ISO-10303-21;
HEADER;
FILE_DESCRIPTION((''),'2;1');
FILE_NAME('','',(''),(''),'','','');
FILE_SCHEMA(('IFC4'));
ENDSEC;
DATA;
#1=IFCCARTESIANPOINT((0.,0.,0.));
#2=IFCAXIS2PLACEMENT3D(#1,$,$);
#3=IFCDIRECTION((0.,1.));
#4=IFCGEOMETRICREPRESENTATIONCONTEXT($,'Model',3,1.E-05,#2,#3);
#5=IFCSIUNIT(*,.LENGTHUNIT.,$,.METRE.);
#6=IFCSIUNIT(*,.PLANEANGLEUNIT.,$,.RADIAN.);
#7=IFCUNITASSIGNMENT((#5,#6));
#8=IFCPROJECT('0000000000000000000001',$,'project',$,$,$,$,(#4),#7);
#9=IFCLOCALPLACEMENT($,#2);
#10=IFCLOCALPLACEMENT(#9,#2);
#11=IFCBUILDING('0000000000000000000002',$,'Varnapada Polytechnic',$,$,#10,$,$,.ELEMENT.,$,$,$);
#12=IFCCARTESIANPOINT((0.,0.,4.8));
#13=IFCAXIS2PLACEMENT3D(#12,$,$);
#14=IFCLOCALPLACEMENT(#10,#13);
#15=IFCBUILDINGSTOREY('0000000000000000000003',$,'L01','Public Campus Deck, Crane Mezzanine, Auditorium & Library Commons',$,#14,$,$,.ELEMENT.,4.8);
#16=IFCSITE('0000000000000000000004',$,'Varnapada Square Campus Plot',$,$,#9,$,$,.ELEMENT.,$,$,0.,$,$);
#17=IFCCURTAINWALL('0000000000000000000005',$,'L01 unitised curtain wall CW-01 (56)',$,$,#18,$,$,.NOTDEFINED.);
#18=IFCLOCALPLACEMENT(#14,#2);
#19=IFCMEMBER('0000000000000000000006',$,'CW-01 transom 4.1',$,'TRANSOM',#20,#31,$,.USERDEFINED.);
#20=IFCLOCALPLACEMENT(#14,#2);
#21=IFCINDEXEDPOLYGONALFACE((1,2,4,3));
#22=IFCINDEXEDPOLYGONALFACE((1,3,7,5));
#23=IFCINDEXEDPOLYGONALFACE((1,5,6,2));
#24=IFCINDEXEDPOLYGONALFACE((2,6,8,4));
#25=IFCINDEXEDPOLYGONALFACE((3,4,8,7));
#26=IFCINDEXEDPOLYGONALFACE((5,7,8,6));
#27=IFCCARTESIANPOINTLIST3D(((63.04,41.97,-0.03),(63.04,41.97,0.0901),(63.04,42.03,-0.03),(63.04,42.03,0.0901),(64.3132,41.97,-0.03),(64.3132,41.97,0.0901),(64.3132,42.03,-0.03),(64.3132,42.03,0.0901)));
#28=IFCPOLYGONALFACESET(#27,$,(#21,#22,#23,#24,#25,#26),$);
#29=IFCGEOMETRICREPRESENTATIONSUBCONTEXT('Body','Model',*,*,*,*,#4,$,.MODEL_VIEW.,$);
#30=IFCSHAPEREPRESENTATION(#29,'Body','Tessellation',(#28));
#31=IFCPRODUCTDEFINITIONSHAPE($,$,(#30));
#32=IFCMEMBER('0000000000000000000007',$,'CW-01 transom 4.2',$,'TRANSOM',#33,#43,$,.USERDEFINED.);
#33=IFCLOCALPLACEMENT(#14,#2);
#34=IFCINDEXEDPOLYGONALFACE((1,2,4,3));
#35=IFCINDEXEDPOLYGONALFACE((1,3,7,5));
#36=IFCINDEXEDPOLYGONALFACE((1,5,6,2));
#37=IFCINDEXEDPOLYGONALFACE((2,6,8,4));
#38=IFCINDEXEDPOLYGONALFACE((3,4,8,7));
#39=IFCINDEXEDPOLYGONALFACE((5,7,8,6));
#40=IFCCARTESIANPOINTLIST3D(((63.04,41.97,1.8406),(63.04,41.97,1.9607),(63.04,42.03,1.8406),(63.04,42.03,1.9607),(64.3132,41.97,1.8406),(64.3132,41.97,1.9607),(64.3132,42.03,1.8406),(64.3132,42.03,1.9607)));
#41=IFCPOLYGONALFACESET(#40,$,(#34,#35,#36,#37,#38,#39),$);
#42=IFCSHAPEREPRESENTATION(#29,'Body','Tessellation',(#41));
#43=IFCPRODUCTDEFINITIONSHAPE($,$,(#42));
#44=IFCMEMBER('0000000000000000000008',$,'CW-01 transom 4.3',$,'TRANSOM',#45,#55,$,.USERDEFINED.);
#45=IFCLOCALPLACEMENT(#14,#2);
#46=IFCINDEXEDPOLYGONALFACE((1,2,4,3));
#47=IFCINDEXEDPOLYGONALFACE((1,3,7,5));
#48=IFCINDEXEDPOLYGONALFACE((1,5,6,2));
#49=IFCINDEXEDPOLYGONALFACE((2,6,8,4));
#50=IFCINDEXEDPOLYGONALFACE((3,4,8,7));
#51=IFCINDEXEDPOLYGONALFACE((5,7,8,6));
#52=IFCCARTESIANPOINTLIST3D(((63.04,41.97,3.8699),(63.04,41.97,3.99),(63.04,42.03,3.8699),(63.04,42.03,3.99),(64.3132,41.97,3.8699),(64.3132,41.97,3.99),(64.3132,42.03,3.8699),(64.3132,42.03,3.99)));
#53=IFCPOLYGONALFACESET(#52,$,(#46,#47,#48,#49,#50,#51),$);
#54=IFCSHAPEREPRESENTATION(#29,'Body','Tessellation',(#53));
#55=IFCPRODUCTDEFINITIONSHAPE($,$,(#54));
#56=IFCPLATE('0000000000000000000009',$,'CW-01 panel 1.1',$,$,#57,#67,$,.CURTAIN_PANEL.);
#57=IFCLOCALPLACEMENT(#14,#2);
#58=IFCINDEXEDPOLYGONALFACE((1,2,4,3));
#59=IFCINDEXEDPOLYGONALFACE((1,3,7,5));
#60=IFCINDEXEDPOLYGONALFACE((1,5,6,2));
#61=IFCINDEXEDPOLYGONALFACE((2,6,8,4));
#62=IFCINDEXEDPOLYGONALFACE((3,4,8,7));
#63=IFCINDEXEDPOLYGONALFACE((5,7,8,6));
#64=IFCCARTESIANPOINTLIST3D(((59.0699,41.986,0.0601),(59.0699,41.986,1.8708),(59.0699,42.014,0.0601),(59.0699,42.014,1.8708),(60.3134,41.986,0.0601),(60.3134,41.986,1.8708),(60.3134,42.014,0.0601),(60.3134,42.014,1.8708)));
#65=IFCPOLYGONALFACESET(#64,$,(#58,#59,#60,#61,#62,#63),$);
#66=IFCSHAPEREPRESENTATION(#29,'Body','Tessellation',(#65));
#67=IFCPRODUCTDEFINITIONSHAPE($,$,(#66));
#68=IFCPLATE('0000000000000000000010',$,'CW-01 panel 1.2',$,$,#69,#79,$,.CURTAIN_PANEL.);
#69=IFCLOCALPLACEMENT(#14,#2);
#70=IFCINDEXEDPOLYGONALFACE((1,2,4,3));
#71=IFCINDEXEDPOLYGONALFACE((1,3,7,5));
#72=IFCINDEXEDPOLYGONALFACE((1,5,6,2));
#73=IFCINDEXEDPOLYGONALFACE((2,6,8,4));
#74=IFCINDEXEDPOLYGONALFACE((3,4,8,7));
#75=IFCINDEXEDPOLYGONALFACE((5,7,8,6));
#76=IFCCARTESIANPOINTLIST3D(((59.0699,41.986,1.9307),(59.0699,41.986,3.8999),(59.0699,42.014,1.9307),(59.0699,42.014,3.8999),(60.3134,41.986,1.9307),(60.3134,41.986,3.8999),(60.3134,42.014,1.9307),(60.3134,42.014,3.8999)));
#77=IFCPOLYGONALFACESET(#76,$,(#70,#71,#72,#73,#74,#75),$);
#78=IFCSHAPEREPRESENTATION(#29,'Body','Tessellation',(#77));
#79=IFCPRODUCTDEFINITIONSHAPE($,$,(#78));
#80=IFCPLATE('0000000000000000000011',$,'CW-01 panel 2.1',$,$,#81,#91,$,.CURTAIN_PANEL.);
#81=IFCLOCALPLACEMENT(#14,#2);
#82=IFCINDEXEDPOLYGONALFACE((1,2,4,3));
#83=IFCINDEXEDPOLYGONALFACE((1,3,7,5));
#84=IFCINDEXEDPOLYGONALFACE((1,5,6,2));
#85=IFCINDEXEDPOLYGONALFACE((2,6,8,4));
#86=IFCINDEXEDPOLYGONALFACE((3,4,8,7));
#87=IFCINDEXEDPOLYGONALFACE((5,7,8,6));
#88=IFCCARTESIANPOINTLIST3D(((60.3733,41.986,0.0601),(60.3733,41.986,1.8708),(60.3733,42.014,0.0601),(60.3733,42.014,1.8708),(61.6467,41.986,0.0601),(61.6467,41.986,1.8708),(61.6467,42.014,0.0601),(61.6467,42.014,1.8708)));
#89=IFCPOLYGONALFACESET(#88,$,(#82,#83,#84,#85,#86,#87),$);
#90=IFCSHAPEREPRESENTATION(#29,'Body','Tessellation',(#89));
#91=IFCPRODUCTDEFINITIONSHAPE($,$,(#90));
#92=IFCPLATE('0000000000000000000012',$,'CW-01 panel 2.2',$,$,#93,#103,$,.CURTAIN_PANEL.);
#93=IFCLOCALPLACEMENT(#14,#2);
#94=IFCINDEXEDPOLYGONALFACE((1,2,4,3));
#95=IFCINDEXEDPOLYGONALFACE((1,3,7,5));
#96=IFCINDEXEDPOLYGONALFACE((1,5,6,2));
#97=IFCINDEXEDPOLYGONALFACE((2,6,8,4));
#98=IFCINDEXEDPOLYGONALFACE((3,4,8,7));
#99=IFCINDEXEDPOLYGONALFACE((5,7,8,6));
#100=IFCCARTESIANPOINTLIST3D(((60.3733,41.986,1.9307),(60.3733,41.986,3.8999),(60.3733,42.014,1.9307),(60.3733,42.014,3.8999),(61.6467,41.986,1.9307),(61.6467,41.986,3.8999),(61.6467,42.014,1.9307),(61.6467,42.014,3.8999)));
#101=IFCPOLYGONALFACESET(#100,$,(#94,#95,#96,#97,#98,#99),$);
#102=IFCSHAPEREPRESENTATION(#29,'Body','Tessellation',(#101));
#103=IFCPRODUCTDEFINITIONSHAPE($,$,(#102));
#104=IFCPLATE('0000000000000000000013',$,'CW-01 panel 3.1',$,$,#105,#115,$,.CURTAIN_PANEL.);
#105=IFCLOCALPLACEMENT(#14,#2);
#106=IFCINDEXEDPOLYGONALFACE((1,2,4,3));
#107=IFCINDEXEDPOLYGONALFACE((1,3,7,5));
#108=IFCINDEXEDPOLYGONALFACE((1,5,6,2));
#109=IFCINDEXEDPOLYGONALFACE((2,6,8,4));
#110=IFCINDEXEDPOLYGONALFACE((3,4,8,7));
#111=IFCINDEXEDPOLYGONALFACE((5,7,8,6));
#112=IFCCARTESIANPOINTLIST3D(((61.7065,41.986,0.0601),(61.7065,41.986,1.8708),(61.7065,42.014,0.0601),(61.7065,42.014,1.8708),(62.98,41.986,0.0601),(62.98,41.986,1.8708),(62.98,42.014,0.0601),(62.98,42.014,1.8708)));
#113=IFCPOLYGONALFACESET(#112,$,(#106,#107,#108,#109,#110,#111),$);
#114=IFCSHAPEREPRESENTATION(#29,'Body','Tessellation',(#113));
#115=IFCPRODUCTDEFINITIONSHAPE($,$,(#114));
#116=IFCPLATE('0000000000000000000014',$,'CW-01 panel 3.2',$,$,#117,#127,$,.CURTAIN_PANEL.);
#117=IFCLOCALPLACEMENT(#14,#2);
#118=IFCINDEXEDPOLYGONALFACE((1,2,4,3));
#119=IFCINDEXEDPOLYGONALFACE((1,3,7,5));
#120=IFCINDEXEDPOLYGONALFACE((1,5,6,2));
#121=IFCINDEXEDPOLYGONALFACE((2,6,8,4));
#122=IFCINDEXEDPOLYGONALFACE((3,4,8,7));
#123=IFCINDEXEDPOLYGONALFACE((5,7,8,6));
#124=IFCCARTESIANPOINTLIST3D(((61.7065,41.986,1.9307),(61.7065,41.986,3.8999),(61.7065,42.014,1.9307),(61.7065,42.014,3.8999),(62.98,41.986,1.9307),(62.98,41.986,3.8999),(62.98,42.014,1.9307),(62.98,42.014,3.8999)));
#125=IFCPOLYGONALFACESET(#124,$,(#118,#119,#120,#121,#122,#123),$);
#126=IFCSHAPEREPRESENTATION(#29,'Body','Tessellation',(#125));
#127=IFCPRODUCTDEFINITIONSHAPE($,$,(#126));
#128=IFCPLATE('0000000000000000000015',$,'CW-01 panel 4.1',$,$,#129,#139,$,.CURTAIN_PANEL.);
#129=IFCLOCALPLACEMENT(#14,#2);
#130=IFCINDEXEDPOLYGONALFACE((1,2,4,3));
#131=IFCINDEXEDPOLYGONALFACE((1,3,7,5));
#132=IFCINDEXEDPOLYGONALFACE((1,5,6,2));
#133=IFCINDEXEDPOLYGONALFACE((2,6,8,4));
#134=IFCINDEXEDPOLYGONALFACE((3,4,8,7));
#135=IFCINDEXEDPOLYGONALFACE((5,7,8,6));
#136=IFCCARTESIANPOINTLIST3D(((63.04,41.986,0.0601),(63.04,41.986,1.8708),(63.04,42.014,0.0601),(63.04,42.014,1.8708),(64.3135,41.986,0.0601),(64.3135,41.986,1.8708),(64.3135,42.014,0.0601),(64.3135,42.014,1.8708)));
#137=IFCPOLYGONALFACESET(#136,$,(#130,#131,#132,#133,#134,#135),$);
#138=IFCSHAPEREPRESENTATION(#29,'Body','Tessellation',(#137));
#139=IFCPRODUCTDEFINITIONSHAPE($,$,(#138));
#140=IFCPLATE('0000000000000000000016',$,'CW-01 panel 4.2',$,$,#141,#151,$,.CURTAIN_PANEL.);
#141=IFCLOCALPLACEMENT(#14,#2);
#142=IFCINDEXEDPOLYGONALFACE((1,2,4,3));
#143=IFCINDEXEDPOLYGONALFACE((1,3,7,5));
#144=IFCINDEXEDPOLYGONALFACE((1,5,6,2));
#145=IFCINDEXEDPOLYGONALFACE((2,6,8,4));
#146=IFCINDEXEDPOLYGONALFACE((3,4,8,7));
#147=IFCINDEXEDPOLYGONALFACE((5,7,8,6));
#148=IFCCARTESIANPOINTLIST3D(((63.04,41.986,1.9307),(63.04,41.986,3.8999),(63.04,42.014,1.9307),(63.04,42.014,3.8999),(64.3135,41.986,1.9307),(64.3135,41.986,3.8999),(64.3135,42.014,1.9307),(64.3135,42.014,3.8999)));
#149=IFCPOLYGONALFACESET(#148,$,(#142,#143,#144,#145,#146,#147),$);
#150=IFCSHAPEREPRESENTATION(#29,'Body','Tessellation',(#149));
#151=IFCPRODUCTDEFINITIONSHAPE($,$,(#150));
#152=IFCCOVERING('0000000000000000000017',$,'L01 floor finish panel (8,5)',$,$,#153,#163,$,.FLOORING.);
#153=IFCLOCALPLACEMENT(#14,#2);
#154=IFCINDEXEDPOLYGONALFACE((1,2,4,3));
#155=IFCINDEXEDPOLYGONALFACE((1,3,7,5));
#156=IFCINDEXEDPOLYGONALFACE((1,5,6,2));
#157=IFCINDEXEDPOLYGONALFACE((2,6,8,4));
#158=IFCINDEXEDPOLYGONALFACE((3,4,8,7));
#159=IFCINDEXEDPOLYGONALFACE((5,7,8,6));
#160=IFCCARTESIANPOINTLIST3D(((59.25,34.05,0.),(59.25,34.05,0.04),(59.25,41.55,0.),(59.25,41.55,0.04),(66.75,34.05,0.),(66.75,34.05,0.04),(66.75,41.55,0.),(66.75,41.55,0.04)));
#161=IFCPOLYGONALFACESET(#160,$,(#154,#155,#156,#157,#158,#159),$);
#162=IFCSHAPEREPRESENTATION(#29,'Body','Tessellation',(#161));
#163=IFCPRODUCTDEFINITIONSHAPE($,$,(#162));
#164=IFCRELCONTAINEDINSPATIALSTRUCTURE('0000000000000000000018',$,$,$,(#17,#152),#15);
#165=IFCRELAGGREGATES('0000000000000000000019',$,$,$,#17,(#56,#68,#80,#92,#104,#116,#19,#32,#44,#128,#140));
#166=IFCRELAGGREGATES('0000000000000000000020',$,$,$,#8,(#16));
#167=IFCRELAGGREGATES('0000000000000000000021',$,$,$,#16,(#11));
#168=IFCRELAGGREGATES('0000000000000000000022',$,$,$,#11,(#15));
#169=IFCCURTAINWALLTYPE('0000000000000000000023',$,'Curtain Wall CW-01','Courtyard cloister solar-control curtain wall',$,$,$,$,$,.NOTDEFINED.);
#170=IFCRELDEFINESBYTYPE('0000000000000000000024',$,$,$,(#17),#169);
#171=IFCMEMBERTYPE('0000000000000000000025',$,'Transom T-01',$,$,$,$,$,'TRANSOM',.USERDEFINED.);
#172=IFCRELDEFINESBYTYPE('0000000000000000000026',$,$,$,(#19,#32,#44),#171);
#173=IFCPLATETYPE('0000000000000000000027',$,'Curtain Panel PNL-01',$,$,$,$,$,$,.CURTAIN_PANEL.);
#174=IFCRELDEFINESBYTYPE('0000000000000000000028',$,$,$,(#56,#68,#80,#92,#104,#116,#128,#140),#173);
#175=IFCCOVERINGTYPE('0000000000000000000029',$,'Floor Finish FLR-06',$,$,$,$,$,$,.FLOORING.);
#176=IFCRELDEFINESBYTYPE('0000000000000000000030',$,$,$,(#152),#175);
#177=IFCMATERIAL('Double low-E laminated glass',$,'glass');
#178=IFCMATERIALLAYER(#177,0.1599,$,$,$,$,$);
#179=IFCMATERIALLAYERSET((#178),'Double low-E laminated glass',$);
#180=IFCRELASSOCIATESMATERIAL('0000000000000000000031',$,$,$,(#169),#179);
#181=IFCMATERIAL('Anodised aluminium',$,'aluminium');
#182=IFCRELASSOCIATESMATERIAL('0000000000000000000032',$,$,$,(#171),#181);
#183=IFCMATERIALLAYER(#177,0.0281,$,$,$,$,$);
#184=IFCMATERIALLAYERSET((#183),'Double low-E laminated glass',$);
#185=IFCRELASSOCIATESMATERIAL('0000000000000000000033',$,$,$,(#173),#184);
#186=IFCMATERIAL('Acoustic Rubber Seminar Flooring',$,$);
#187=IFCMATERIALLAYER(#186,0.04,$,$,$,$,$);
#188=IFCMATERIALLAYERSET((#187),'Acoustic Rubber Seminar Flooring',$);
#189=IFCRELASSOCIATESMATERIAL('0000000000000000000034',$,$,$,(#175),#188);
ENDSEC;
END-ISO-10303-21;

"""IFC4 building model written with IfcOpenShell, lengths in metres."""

from ifc_helpers import new_model, si_unit, direction, frame, origin, origin_2d, place, context, subcontext, project, spatial, rectangle, extrude, material, layer, layer_set, material_profile, profile_set, type_object, element, aggregate, save


model = new_model("IFC4")

# Units and contexts
model_context = context("Model", 3, precision=1e-05, world=origin(), true_north=direction((0.0, 1.0)))
body_context = subcontext(model_context, "Body", "Model", "MODEL_VIEW")
ifc_project = project(units=[si_unit("LENGTHUNIT", "METRE"), si_unit("PLANEANGLEUNIT", "RADIAN")], contexts=[model_context])

# Site, building, storey
site_placement = place(None, origin())
site = spatial("IfcSite", under=ifc_project, at=site_placement, Name="Varnapada Square Campus Plot", CompositionType="ELEMENT", RefElevation=0.0)
building_placement = place(site_placement, origin())
building = spatial("IfcBuilding", under=site, at=building_placement, Name="Varnapada Polytechnic", CompositionType="ELEMENT")
storey_placement = place(building_placement, frame((0.0, 0.0, 4.8)))
storey = spatial("IfcBuildingStorey", under=building, at=storey_placement, Name="L01", Description="Public Campus Deck, Crane Mezzanine, Auditorium & Library Commons", CompositionType="ELEMENT", Elevation=4.8)

# Curtain wall, members, plates
ifc_material_1 = material(Name="Double low-E laminated glass", Category="glass")
ifc_layer_1 = layer(ifc_material_1, 0.1599)
ifc_layer_set_1 = layer_set([ifc_layer_1], Name="Double low-E laminated glass")
curtain_wall_type = type_object("IfcCurtainWallType", Name="Curtain Wall CW-01", Description="Courtyard cloister solar-control curtain wall", PredefinedType="NOTDEFINED", material=ifc_layer_set_1)
curtain_wall_placement = place(storey_placement, origin())
curtain_wall = element("IfcCurtainWall", 1, at=curtain_wall_placement, inside=storey, type_object=curtain_wall_type, Name="L01 unitised curtain wall CW-01 (56)", PredefinedType="NOTDEFINED")
ifc_material_2 = material(Name="Anodised aluminium", Category="aluminium")
ifc_material_profile_1 = material_profile(ifc_material_2, rectangle(XDim=0.0601, YDim=0.1201, at=origin_2d()), Name="ALU T60x120")
ifc_profile_set_1 = profile_set([ifc_material_profile_1], Name="Anodised aluminium")
member_type_1 = type_object("IfcMemberType", Name="Transom T-01", ElementType="TRANSOM", PredefinedType="USERDEFINED", material=ifc_profile_set_1)
member_1_placement = place(storey_placement, frame((63.04, 42.0, 0.03), z_axis=(1.0, 0.0, 0.0), x_axis=(0.0, 1.0, 0.0)))
member_1 = element("IfcMember", 2, at=member_1_placement, type_object=member_type_1, Name="CW-01 transom 4.1", ObjectType="TRANSOM", PredefinedType="USERDEFINED", context=body_context, shape_type="SweptSolid", body=[
    extrude(rectangle(XDim=0.0601, YDim=0.1201, at=origin_2d()), origin(), (0.0, 0.0, 1.0), 1.2732),
])
member_2_placement = place(storey_placement, frame((63.04, 42.0, 1.9006), z_axis=(1.0, 0.0, 0.0), x_axis=(0.0, 1.0, 0.0)))
member_2 = element("IfcMember", 3, at=member_2_placement, type_object=member_type_1, Name="CW-01 transom 4.2", ObjectType="TRANSOM", PredefinedType="USERDEFINED", context=body_context, shape_type="SweptSolid", body=[
    extrude(rectangle(XDim=0.0601, YDim=0.1201, at=origin_2d()), origin(), (0.0, 0.0, 1.0), 1.2732),
])
member_3_placement = place(storey_placement, frame((63.04, 42.0, 3.9299), z_axis=(1.0, 0.0, 0.0), x_axis=(0.0, 1.0, 0.0)))
member_3 = element("IfcMember", 4, at=member_3_placement, type_object=member_type_1, Name="CW-01 transom 4.3", ObjectType="TRANSOM", PredefinedType="USERDEFINED", context=body_context, shape_type="SweptSolid", body=[
    extrude(rectangle(XDim=0.0601, YDim=0.1201, at=origin_2d()), origin(), (0.0, 0.0, 1.0), 1.2732),
])
ifc_layer_2 = layer(ifc_material_1, 0.0281)
ifc_layer_set_2 = layer_set([ifc_layer_2], Name="Double low-E laminated glass")
plate_type = type_object("IfcPlateType", Name="Curtain Panel PNL-01", PredefinedType="CURTAIN_PANEL", material=ifc_layer_set_2)
plate_1_placement = place(storey_placement, frame((59.6917, 42.0, 0.0601), z_axis=(0.0, 0.0, 1.0), x_axis=(1.0, 0.0, 0.0)))
plate_1 = element("IfcPlate", 5, at=plate_1_placement, type_object=plate_type, Name="CW-01 panel 1.1", PredefinedType="CURTAIN_PANEL", context=body_context, shape_type="SweptSolid", body=[
    extrude(rectangle(XDim=1.2434, YDim=0.0281, at=origin_2d()), origin(), (0.0, 0.0, 1.0), 1.8108),
])
plate_2_placement = place(storey_placement, frame((59.6917, 42.0, 1.9307), z_axis=(0.0, 0.0, 1.0), x_axis=(1.0, 0.0, 0.0)))
plate_2 = element("IfcPlate", 6, at=plate_2_placement, type_object=plate_type, Name="CW-01 panel 1.2", PredefinedType="CURTAIN_PANEL", context=body_context, shape_type="SweptSolid", body=[
    extrude(rectangle(XDim=1.2434, YDim=0.0281, at=origin_2d()), origin(), (0.0, 0.0, 1.0), 1.9692),
])
plate_3_placement = place(storey_placement, frame((61.01, 42.0, 0.0601), z_axis=(0.0, 0.0, 1.0), x_axis=(1.0, 0.0, 0.0)))
plate_3 = element("IfcPlate", 7, at=plate_3_placement, type_object=plate_type, Name="CW-01 panel 2.1", PredefinedType="CURTAIN_PANEL", context=body_context, shape_type="SweptSolid", body=[
    extrude(rectangle(XDim=1.2734, YDim=0.0281, at=origin_2d()), origin(), (0.0, 0.0, 1.0), 1.8108),
])
plate_4_placement = place(storey_placement, frame((61.01, 42.0, 1.9307), z_axis=(0.0, 0.0, 1.0), x_axis=(1.0, 0.0, 0.0)))
plate_4 = element("IfcPlate", 8, at=plate_4_placement, type_object=plate_type, Name="CW-01 panel 2.2", PredefinedType="CURTAIN_PANEL", context=body_context, shape_type="SweptSolid", body=[
    extrude(rectangle(XDim=1.2734, YDim=0.0281, at=origin_2d()), origin(), (0.0, 0.0, 1.0), 1.9692),
])
plate_5_placement = place(storey_placement, frame((62.3433, 42.0, 0.0601), z_axis=(0.0, 0.0, 1.0), x_axis=(1.0, 0.0, 0.0)))
plate_5 = element("IfcPlate", 9, at=plate_5_placement, type_object=plate_type, Name="CW-01 panel 3.1", PredefinedType="CURTAIN_PANEL", context=body_context, shape_type="SweptSolid", body=[
    extrude(rectangle(XDim=1.2734, YDim=0.0281, at=origin_2d()), origin(), (0.0, 0.0, 1.0), 1.8108),
])
plate_6_placement = place(storey_placement, frame((62.3433, 42.0, 1.9307), z_axis=(0.0, 0.0, 1.0), x_axis=(1.0, 0.0, 0.0)))
plate_6 = element("IfcPlate", 10, at=plate_6_placement, type_object=plate_type, Name="CW-01 panel 3.2", PredefinedType="CURTAIN_PANEL", context=body_context, shape_type="SweptSolid", body=[
    extrude(rectangle(XDim=1.2734, YDim=0.0281, at=origin_2d()), origin(), (0.0, 0.0, 1.0), 1.9692),
])
plate_7_placement = place(storey_placement, frame((63.6768, 42.0, 0.0601), z_axis=(0.0, 0.0, 1.0), x_axis=(1.0, 0.0, 0.0)))
plate_7 = element("IfcPlate", 11, at=plate_7_placement, type_object=plate_type, Name="CW-01 panel 4.1", PredefinedType="CURTAIN_PANEL", context=body_context, shape_type="SweptSolid", body=[
    extrude(rectangle(XDim=1.2734, YDim=0.0281, at=origin_2d()), origin(), (0.0, 0.0, 1.0), 1.8108),
])
plate_8_placement = place(storey_placement, frame((63.6768, 42.0, 1.9307), z_axis=(0.0, 0.0, 1.0), x_axis=(1.0, 0.0, 0.0)))
plate_8 = element("IfcPlate", 12, at=plate_8_placement, type_object=plate_type, Name="CW-01 panel 4.2", PredefinedType="CURTAIN_PANEL", context=body_context, shape_type="SweptSolid", body=[
    extrude(rectangle(XDim=1.2734, YDim=0.0281, at=origin_2d()), origin(), (0.0, 0.0, 1.0), 1.9692),
])
aggregate(curtain_wall, [plate_1, plate_2, plate_3, plate_4, plate_5, plate_6, member_1, member_2, member_3, plate_7, plate_8])

# Covering
ifc_material_3 = material(Name="Acoustic Rubber Seminar Flooring")
ifc_layer_3 = layer(ifc_material_3, 0.04)
ifc_layer_set_3 = layer_set([ifc_layer_3], Name="Acoustic Rubber Seminar Flooring")
covering_type = type_object("IfcCoveringType", Name="Floor Finish FLR-06", PredefinedType="FLOORING", material=ifc_layer_set_3)
covering_placement = place(storey_placement, frame((63.0, 37.8, 0.0), z_axis=(0.0, 0.0, 1.0), x_axis=(1.0, 0.0, 0.0)))
element("IfcCovering", 13, at=covering_placement, inside=storey, type_object=covering_type, Name="L01 floor finish panel (8,5)", PredefinedType="FLOORING", context=body_context, shape_type="SweptSolid", body=[
    extrude(rectangle(XDim=7.5, YDim=7.5, at=origin_2d()), origin(), (0.0, 0.0, 1.0), 0.04),
])

save(model, "model.ifc")
